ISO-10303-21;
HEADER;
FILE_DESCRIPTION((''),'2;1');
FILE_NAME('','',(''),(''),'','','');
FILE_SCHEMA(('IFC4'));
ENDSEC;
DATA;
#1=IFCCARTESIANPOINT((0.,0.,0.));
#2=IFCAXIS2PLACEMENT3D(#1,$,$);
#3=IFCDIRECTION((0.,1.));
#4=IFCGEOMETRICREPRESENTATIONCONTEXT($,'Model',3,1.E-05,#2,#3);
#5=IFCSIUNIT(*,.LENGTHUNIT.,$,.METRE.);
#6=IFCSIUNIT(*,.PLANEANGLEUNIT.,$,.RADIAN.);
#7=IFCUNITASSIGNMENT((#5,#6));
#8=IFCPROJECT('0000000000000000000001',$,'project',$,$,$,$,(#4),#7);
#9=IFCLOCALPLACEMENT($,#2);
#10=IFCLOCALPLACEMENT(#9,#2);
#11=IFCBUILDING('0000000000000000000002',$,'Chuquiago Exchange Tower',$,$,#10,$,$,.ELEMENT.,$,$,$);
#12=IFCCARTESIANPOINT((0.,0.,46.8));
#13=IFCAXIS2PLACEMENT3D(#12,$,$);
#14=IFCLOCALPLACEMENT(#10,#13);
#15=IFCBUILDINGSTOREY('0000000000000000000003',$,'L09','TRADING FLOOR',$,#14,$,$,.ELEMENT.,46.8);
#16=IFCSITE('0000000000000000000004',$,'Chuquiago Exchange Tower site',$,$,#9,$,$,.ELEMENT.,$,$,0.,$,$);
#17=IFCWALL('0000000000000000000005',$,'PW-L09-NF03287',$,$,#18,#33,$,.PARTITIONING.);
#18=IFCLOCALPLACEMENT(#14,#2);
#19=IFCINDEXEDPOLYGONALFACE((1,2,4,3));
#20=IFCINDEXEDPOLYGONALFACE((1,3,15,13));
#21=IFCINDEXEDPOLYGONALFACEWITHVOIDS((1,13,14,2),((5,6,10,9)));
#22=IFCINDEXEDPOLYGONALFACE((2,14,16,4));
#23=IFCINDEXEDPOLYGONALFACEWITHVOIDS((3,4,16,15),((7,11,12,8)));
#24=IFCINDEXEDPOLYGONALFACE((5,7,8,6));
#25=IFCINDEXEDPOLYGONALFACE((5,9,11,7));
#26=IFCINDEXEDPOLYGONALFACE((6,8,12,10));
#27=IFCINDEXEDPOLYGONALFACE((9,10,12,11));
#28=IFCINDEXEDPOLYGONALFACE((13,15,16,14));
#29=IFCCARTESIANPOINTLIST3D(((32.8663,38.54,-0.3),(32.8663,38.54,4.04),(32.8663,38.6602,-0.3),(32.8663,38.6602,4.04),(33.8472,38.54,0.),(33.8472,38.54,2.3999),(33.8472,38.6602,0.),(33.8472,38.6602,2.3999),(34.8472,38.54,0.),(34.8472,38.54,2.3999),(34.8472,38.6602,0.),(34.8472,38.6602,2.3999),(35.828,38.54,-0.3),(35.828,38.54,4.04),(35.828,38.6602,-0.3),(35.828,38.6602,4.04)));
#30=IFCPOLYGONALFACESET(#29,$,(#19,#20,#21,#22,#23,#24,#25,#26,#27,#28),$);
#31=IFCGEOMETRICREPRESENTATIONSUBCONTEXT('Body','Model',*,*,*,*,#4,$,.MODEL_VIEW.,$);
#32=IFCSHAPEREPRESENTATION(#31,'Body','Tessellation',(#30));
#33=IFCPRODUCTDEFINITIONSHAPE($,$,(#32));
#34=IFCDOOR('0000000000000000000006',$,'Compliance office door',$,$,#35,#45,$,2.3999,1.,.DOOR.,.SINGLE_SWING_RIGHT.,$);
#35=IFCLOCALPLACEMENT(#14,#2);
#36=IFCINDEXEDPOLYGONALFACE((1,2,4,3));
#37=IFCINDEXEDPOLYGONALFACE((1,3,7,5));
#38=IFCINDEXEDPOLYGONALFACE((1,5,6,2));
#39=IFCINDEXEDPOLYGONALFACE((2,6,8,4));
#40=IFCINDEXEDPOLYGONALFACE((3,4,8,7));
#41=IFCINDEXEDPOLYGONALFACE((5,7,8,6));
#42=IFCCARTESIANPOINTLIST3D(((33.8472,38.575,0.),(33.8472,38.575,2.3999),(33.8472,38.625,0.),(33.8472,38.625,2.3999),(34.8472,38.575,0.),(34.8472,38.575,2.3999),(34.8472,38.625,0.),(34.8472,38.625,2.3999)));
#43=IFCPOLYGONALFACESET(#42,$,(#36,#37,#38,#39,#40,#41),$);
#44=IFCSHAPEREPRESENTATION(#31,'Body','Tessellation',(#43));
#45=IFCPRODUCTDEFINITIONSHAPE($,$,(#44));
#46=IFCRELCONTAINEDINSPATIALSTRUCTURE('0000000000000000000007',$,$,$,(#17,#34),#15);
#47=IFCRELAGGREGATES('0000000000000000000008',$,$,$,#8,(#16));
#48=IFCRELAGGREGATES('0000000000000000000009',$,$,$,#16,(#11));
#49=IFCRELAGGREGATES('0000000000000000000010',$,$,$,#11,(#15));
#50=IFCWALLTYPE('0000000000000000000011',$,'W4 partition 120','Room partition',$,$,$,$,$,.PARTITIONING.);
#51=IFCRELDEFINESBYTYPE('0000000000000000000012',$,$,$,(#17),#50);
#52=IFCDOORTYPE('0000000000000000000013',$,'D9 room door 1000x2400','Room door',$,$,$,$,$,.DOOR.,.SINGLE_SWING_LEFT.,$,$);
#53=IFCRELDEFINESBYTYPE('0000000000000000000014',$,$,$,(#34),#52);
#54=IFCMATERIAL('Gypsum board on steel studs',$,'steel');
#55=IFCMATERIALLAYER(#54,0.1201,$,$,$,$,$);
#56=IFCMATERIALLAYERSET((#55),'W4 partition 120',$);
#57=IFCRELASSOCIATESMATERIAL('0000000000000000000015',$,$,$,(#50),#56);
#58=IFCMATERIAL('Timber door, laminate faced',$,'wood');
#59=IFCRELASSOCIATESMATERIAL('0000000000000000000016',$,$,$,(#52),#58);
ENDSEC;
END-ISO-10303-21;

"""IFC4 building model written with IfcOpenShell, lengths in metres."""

from ifc_helpers import new_model, si_unit, direction, frame, frame_2d, origin, place, context, subcontext, project, spatial, rectangle, extrude, material, layer, layer_set, type_object, element, fill, save


model = new_model("IFC4")

# Units and contexts
model_context = context("Model", 3, precision=1e-05, world=origin(), true_north=direction((0.0, 1.0)))
body_context = subcontext(model_context, "Body", "Model", "MODEL_VIEW")
ifc_project = project(units=[si_unit("LENGTHUNIT", "METRE"), si_unit("PLANEANGLEUNIT", "RADIAN")], contexts=[model_context])

# Site, building, storey
site_placement = place(None, origin())
site = spatial("IfcSite", under=ifc_project, at=site_placement, Name="Chuquiago Exchange Tower site", CompositionType="ELEMENT", RefElevation=0.0)
building_placement = place(site_placement, origin())
building = spatial("IfcBuilding", under=site, at=building_placement, Name="Chuquiago Exchange Tower", CompositionType="ELEMENT")
storey_placement = place(building_placement, frame((0.0, 0.0, 46.8)))
storey = spatial("IfcBuildingStorey", under=building, at=storey_placement, Name="L09", Description="TRADING FLOOR", CompositionType="ELEMENT", Elevation=46.8)

# Shared definitions
ifc_material_1 = material(Name="Gypsum board on steel studs", Category="steel")
ifc_layer_1 = layer(ifc_material_1, 0.1201)
ifc_layer_set_1 = layer_set([ifc_layer_1], Name="W4 partition 120")
wall_type_1 = type_object("IfcWallType", Name="W4 partition 120", Description="Room partition", PredefinedType="PARTITIONING", material=ifc_layer_set_1)

# Wall, opening, door
ifc_material_2 = material(Name="Timber door, laminate faced", Category="wood")
door_type = type_object("IfcDoorType", Name="D9 room door 1000x2400", Description="Room door", OperationType="SINGLE_SWING_LEFT", PredefinedType="DOOR", material=ifc_material_2)
wall_1_placement = place(storey_placement, frame((32.8662, 38.6001, -0.3), z_axis=(0.0, 0.0, 1.0), x_axis=(1.0, 0.0, 0.0)))
wall_1 = element("IfcWall", 1, at=wall_1_placement, inside=storey, type_object=wall_type_1, Name="PW-L09-NF03287", PredefinedType="PARTITIONING", context=body_context, shape_type="SweptSolid", body=[
    extrude(rectangle(XDim=2.9617, YDim=0.1201, at=frame_2d((1.481, 0.0))), origin(), (0.0, 0.0, 1.0), 4.3401),
])
opening_1_placement = place(wall_1_placement, frame((0.981, 0.0, 0.3)))
opening_1 = element("IfcOpeningElement", 2, at=opening_1_placement, cuts=wall_1, PredefinedType="OPENING", context=body_context, shape_type="SweptSolid", body=[
    extrude(rectangle(XDim=1.0, YDim=2.3999, at=frame_2d((0.5, 1.2))), frame((0.0, 0.0701, 0.0), z_axis=(0.0, -1.0, 0.0), x_axis=(1.0, 0.0, 0.0)), (0.0, 0.0, 1.0), 0.1401),
])
door_1_placement = place(opening_1_placement, origin())
door_1 = element("IfcDoor", 3, at=door_1_placement, inside=storey, type_object=door_type, Name="Compliance office door", OperationType="SINGLE_SWING_RIGHT", OverallHeight=2.3999, OverallWidth=1.0, PredefinedType="DOOR", context=body_context, shape_type="SweptSolid", body=[
    extrude(rectangle(XDim=1.0, YDim=2.3999, at=frame_2d((0.5, 1.2))), frame((0.0, 0.0249, 0.0), z_axis=(0.0, -1.0, 0.0), x_axis=(1.0, 0.0, 0.0)), (0.0, 0.0, 1.0), 0.05),
])
fill(opening_1, door_1)

save(model, "model.ifc")
